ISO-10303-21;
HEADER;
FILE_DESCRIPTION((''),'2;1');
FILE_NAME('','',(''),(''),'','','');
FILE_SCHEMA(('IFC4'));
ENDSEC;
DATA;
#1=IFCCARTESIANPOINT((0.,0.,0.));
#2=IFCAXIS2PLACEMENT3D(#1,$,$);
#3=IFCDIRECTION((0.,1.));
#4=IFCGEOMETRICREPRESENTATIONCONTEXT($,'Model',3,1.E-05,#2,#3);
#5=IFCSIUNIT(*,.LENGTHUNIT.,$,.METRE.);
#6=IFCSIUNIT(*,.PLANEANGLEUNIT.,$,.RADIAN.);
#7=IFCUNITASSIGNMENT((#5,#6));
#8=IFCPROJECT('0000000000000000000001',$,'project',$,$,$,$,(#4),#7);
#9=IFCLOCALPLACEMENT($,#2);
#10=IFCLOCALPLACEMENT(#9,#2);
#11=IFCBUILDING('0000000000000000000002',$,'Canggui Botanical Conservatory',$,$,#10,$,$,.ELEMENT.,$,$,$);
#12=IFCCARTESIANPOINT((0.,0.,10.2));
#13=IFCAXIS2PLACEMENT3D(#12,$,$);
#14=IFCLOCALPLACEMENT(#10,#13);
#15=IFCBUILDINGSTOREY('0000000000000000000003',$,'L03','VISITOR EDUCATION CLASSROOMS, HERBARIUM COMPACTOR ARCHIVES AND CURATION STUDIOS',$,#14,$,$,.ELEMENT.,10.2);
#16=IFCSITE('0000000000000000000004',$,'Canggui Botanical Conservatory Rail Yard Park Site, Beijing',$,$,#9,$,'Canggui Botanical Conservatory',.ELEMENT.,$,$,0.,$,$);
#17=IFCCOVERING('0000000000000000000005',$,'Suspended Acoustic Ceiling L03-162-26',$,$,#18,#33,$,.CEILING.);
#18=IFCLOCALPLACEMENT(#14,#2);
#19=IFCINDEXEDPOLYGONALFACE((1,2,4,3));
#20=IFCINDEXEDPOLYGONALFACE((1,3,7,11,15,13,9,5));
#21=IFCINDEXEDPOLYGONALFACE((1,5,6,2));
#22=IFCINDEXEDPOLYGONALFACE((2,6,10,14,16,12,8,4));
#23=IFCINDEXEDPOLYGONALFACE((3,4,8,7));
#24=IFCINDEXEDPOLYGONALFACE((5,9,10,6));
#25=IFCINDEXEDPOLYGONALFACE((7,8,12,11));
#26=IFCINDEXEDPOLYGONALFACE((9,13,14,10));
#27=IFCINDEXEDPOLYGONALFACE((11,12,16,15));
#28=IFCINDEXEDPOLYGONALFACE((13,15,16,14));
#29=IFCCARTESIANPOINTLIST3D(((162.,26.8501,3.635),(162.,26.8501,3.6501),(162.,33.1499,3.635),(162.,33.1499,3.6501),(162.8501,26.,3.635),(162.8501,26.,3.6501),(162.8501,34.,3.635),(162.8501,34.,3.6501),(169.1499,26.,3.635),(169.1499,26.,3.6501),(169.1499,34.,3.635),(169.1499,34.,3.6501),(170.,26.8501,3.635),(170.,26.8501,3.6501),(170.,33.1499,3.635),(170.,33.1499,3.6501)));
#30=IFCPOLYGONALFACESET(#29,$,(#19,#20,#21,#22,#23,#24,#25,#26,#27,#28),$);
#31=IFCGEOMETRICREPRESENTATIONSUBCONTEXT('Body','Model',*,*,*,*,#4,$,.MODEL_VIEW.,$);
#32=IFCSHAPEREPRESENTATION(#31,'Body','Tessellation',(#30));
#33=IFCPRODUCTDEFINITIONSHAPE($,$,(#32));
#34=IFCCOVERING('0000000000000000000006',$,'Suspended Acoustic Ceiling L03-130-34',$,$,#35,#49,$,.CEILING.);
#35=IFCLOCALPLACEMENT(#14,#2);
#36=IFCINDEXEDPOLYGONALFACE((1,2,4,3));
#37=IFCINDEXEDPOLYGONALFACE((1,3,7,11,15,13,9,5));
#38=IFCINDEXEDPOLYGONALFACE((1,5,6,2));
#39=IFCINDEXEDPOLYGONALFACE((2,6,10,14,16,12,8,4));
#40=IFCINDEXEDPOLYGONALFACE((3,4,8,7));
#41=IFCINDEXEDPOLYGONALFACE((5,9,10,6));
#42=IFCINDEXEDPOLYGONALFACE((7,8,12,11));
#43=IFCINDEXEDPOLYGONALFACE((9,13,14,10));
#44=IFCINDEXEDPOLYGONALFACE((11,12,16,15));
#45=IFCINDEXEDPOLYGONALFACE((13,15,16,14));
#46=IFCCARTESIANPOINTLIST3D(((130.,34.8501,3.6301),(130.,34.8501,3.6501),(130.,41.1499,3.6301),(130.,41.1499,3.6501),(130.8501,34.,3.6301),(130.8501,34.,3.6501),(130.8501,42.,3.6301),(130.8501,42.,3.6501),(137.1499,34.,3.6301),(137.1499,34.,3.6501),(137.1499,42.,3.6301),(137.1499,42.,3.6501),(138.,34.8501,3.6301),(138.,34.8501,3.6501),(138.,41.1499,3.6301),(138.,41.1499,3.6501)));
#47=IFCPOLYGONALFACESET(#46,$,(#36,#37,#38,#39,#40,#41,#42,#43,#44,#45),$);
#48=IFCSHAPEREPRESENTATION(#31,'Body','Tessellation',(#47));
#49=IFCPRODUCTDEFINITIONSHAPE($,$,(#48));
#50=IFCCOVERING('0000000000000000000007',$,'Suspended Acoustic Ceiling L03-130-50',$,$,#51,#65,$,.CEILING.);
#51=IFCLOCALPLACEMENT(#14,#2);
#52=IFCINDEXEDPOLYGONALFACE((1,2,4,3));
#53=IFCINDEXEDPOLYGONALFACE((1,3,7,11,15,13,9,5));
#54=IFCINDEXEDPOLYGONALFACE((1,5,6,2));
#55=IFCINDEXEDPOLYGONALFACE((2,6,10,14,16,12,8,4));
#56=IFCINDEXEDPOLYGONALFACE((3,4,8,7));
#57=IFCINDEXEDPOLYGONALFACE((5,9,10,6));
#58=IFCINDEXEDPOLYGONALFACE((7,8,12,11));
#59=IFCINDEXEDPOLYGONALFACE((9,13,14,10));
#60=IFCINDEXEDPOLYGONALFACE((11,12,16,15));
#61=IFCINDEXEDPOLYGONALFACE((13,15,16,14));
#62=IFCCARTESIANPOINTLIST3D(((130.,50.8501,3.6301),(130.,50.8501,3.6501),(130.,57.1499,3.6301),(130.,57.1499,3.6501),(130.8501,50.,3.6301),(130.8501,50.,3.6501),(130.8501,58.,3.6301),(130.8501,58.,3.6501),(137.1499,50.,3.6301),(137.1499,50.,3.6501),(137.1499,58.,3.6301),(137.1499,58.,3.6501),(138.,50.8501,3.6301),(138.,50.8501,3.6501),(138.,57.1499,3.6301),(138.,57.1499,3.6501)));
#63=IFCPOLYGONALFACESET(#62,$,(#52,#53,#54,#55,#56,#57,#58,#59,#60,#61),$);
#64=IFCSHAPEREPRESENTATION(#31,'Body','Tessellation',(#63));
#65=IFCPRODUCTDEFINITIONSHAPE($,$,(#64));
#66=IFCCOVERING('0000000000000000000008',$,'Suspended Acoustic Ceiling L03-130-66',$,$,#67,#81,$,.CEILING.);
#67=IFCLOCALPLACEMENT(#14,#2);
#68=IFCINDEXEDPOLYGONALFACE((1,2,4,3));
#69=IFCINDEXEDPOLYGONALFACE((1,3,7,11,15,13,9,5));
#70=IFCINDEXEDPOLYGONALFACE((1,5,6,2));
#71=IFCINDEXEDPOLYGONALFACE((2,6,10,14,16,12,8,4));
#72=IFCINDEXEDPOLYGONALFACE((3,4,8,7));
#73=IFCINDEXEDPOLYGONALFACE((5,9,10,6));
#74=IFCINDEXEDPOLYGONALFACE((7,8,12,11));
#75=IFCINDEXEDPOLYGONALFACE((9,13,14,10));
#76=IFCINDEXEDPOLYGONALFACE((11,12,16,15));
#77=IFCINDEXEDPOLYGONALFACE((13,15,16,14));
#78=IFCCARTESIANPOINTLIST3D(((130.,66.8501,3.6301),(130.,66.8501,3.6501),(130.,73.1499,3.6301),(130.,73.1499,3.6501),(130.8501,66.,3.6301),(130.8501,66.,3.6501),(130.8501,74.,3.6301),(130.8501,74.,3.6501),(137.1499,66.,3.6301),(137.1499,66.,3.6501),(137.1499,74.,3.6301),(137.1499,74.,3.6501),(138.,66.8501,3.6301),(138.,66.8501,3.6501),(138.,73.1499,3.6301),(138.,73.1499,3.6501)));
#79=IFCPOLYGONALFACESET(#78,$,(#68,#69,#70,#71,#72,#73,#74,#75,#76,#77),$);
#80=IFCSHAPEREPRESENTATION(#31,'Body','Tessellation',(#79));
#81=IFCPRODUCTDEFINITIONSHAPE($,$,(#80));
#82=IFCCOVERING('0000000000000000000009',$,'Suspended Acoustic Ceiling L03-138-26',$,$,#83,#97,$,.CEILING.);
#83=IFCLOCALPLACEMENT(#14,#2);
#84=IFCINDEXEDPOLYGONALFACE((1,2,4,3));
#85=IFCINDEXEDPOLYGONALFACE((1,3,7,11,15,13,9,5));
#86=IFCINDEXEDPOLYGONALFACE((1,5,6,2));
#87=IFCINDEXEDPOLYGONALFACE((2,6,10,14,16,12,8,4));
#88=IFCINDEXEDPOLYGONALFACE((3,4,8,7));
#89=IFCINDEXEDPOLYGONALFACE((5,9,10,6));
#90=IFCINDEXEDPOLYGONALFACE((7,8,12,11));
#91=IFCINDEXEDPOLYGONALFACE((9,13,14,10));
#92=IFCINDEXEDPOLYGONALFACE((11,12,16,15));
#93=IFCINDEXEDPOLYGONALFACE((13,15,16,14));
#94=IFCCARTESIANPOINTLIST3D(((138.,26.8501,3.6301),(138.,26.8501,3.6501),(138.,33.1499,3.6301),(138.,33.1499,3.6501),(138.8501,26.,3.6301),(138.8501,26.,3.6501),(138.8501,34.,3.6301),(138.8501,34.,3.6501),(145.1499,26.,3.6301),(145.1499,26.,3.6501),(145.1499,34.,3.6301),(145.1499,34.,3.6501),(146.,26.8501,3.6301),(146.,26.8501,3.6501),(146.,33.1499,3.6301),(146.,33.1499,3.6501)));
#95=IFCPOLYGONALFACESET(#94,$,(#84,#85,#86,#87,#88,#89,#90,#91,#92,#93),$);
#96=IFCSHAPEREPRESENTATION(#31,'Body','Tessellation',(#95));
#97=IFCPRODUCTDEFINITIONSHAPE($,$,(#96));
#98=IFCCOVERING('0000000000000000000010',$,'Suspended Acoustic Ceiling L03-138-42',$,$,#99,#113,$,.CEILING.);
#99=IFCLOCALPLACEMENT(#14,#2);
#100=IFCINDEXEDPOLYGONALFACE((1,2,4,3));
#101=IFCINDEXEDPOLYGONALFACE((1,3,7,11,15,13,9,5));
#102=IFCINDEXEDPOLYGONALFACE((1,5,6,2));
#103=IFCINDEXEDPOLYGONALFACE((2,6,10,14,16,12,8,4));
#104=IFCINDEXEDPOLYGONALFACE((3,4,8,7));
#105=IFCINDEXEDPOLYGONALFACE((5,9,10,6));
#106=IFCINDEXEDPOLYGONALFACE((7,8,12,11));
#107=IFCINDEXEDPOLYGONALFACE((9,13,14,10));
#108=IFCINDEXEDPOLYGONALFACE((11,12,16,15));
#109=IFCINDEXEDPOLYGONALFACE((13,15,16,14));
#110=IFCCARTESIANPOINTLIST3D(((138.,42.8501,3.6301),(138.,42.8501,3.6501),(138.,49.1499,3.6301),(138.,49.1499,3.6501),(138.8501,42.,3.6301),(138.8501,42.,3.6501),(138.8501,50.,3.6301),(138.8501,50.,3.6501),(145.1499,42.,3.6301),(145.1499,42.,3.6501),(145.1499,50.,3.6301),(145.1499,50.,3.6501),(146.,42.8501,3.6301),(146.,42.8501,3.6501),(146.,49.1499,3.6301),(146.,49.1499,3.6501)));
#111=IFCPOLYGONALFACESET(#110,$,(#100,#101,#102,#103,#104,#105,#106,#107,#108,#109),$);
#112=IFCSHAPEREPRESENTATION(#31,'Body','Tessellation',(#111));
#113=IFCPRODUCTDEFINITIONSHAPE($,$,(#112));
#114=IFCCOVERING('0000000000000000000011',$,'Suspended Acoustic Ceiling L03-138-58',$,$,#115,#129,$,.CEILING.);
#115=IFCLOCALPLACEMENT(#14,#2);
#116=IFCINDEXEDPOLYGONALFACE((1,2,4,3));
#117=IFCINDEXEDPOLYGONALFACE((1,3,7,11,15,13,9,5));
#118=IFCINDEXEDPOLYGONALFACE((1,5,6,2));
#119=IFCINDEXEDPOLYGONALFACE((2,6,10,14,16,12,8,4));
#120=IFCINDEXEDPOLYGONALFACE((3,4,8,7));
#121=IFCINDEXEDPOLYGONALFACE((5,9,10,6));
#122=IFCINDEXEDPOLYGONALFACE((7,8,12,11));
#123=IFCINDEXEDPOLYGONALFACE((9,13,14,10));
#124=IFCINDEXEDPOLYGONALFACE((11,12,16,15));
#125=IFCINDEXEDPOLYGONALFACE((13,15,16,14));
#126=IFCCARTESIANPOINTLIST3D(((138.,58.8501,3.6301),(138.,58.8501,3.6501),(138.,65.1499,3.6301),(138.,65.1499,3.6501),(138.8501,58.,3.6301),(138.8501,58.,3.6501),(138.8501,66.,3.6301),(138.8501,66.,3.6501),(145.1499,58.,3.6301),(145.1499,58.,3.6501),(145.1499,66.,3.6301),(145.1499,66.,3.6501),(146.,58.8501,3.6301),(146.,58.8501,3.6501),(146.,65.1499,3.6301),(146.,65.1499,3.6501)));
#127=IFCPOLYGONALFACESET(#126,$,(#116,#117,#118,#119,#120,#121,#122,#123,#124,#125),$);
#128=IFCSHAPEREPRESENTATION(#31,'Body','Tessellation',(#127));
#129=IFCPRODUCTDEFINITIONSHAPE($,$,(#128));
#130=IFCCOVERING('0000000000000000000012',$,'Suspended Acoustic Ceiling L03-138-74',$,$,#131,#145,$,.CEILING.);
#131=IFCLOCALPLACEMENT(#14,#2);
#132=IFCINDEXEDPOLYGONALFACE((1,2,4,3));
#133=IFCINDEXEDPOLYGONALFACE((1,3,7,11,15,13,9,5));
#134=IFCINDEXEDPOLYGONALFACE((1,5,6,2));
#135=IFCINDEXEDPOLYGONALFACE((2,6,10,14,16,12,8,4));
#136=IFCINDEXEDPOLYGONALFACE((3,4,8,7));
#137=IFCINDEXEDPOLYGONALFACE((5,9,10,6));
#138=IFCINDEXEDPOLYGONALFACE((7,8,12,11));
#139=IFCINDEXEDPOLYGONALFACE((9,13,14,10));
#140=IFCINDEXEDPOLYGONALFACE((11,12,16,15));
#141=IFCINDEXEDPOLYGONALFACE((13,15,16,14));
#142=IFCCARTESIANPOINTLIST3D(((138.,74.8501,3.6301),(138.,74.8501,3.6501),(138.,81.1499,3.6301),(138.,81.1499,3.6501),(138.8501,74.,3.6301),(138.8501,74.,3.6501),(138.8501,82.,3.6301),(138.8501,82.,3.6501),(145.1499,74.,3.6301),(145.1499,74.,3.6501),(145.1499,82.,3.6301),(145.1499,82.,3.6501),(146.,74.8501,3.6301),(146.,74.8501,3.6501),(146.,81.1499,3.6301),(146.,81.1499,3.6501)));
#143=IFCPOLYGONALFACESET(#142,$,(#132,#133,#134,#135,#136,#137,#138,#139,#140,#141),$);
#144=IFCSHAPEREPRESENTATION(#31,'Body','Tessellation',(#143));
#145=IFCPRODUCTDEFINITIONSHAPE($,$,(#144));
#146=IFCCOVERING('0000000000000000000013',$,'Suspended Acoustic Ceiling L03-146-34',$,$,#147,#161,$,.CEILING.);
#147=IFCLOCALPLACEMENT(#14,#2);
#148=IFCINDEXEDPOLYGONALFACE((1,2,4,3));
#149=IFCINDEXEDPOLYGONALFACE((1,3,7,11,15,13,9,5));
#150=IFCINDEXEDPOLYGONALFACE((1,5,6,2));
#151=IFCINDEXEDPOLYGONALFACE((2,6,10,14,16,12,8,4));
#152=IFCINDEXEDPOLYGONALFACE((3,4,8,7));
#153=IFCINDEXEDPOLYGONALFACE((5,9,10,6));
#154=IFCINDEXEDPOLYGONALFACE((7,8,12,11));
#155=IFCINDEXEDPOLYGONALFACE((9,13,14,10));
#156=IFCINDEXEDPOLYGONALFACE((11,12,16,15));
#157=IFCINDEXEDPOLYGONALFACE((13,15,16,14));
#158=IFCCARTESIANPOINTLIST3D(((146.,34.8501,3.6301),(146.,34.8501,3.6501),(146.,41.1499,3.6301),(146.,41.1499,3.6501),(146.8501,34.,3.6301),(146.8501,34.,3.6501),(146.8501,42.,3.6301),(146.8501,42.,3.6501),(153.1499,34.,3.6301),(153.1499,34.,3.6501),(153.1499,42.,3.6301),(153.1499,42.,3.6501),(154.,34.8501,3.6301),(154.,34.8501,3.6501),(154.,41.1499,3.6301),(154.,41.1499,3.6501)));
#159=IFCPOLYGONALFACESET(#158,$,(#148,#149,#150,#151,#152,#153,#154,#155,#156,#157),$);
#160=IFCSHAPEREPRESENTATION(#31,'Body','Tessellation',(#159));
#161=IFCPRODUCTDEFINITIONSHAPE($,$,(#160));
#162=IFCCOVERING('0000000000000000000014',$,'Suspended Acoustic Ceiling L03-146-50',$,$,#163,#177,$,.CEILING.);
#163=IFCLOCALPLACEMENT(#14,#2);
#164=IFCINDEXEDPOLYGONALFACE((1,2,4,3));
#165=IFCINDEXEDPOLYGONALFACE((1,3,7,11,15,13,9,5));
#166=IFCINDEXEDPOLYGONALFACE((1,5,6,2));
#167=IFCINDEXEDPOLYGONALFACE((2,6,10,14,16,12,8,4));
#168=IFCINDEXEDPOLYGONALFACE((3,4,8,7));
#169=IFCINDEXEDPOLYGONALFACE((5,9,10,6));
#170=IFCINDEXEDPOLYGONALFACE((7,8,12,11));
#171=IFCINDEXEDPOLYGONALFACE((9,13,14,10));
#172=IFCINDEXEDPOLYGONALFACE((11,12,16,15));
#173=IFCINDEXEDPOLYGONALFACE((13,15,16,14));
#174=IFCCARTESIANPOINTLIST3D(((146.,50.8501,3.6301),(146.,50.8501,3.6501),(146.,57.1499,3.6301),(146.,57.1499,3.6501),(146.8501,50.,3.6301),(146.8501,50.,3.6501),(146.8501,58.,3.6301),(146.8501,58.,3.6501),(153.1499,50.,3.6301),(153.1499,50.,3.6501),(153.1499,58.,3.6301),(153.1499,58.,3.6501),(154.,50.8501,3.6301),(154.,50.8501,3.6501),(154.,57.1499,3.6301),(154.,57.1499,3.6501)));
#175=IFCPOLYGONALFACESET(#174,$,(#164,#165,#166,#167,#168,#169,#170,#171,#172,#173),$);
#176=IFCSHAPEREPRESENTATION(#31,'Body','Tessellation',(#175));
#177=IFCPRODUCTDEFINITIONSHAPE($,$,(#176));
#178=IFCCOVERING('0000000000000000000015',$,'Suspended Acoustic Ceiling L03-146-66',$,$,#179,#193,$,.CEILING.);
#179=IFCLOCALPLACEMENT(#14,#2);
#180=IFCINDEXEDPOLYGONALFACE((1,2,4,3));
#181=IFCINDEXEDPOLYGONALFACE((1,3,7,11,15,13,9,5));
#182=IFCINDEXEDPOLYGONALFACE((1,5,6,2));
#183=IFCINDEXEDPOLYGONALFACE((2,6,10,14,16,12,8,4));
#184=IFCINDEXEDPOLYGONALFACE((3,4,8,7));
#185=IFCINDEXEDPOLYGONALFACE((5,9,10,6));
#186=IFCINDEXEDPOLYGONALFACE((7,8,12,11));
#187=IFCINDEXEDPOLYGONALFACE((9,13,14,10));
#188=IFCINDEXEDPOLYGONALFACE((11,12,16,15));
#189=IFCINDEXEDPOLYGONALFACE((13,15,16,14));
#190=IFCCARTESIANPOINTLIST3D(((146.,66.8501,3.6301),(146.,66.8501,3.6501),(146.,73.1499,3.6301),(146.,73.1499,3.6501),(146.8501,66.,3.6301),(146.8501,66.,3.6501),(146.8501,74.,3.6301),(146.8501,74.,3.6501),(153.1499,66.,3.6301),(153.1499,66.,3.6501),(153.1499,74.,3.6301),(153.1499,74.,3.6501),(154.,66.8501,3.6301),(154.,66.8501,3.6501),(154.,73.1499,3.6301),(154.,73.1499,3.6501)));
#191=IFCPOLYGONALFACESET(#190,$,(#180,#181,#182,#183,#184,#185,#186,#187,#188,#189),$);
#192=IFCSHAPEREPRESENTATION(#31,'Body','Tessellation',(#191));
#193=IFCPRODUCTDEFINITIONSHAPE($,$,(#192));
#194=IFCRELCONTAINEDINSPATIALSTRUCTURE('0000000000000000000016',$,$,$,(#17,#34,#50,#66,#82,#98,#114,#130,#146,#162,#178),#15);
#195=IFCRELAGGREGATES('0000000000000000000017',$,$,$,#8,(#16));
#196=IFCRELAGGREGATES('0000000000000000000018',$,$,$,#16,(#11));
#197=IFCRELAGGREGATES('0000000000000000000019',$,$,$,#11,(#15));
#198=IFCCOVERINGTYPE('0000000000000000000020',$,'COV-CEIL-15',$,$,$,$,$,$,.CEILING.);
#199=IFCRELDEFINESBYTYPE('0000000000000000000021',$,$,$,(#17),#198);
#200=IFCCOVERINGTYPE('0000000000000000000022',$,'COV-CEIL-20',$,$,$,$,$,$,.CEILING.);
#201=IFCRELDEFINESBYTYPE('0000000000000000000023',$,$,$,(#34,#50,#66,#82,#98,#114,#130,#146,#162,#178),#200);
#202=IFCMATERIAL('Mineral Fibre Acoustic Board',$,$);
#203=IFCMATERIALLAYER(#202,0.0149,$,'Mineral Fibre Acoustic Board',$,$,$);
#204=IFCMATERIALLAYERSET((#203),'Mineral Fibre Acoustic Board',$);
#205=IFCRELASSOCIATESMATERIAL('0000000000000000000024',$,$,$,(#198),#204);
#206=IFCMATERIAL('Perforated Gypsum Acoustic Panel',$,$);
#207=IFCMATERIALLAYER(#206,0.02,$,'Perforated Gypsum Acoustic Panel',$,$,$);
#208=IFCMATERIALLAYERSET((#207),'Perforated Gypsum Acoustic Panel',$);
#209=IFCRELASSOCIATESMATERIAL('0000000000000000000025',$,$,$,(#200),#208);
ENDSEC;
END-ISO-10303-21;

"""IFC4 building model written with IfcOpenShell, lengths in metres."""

from ifc_helpers import new_model, si_unit, direction, frame, origin, place, context, subcontext, project, spatial, polyline, outline, extrude, material, layer, layer_set, type_object, element, save


model = new_model("IFC4")

# Units and contexts
model_context = context("Model", 3, precision=1e-05, world=origin(), true_north=direction((0.0, 1.0)))
body_context = subcontext(model_context, "Body", "Model", "MODEL_VIEW")
ifc_project = project(units=[si_unit("LENGTHUNIT", "METRE"), si_unit("PLANEANGLEUNIT", "RADIAN")], contexts=[model_context])

# Site, building, storey
site_placement = place(None, origin())
site = spatial("IfcSite", under=ifc_project, at=site_placement, Name="Canggui Botanical Conservatory Rail Yard Park Site, Beijing", LongName="Canggui Botanical Conservatory", CompositionType="ELEMENT", RefElevation=0.0)
building_placement = place(site_placement, origin())
building = spatial("IfcBuilding", under=site, at=building_placement, Name="Canggui Botanical Conservatory", CompositionType="ELEMENT")
storey_placement = place(building_placement, frame((0.0, 0.0, 10.2)))
storey = spatial("IfcBuildingStorey", under=building, at=storey_placement, Name="L03", Description="VISITOR EDUCATION CLASSROOMS, HERBARIUM COMPACTOR ARCHIVES AND CURATION STUDIOS", CompositionType="ELEMENT", Elevation=10.2)

# Coverings
ifc_material_1 = material(Name="Mineral Fibre Acoustic Board")
ifc_layer_1 = layer(ifc_material_1, 0.0149, Name="Mineral Fibre Acoustic Board")
ifc_layer_set_1 = layer_set([ifc_layer_1], Name="Mineral Fibre Acoustic Board")
covering_type_1 = type_object("IfcCoveringType", Name="COV-CEIL-15", PredefinedType="CEILING", material=ifc_layer_set_1)
covering_1_placement = place(storey_placement, frame((0.0, 0.0, 3.635)))
element("IfcCovering", 1, at=covering_1_placement, inside=storey, type_object=covering_type_1, Name="Suspended Acoustic Ceiling L03-162-26", PredefinedType="CEILING", context=body_context, shape_type="SweptSolid", body=[
    extrude(outline(polyline([(162.8501, 26.0), (169.1499, 26.0), (170.0, 26.8501), (170.0, 33.1499), (169.1499, 34.0), (162.8501, 34.0), (162.0, 33.1499), (162.0, 26.8501), (162.8501, 26.0)])), origin(), (0.0, 0.0, 1.0), 0.0151),
])
ifc_material_2 = material(Name="Perforated Gypsum Acoustic Panel")
ifc_layer_2 = layer(ifc_material_2, 0.02, Name="Perforated Gypsum Acoustic Panel")
ifc_layer_set_2 = layer_set([ifc_layer_2], Name="Perforated Gypsum Acoustic Panel")
covering_type_2 = type_object("IfcCoveringType", Name="COV-CEIL-20", PredefinedType="CEILING", material=ifc_layer_set_2)
covering_2_placement = place(storey_placement, frame((0.0, 0.0, 3.6301)))
element("IfcCovering", 2, at=covering_2_placement, inside=storey, type_object=covering_type_2, Name="Suspended Acoustic Ceiling L03-130-34", PredefinedType="CEILING", context=body_context, shape_type="SweptSolid", body=[
    extrude(outline(polyline([(130.8501, 34.0), (137.1499, 34.0), (138.0, 34.8501), (138.0, 41.1499), (137.1499, 42.0), (130.8501, 42.0), (130.0, 41.1499), (130.0, 34.8501), (130.8501, 34.0)])), origin(), (0.0, 0.0, 1.0), 0.02),
])
covering_3_placement = place(storey_placement, frame((0.0, 0.0, 3.6301)))
element("IfcCovering", 3, at=covering_3_placement, inside=storey, type_object=covering_type_2, Name="Suspended Acoustic Ceiling L03-130-50", PredefinedType="CEILING", context=body_context, shape_type="SweptSolid", body=[
    extrude(outline(polyline([(130.8501, 50.0), (137.1499, 50.0), (138.0, 50.8501), (138.0, 57.1499), (137.1499, 58.0), (130.8501, 58.0), (130.0, 57.1499), (130.0, 50.8501), (130.8501, 50.0)])), origin(), (0.0, 0.0, 1.0), 0.02),
])
covering_4_placement = place(storey_placement, frame((0.0, 0.0, 3.6301)))
element("IfcCovering", 4, at=covering_4_placement, inside=storey, type_object=covering_type_2, Name="Suspended Acoustic Ceiling L03-130-66", PredefinedType="CEILING", context=body_context, shape_type="SweptSolid", body=[
    extrude(outline(polyline([(130.8501, 66.0), (137.1499, 66.0), (138.0, 66.8501), (138.0, 73.1499), (137.1499, 74.0), (130.8501, 74.0), (130.0, 73.1499), (130.0, 66.8501), (130.8501, 66.0)])), origin(), (0.0, 0.0, 1.0), 0.02),
])
covering_5_placement = place(storey_placement, frame((0.0, 0.0, 3.6301)))
element("IfcCovering", 5, at=covering_5_placement, inside=storey, type_object=covering_type_2, Name="Suspended Acoustic Ceiling L03-138-26", PredefinedType="CEILING", context=body_context, shape_type="SweptSolid", body=[
    extrude(outline(polyline([(138.8501, 26.0), (145.1499, 26.0), (146.0, 26.8501), (146.0, 33.1499), (145.1499, 34.0), (138.8501, 34.0), (138.0, 33.1499), (138.0, 26.8501), (138.8501, 26.0)])), origin(), (0.0, 0.0, 1.0), 0.02),
])
covering_6_placement = place(storey_placement, frame((0.0, 0.0, 3.6301)))
element("IfcCovering", 6, at=covering_6_placement, inside=storey, type_object=covering_type_2, Name="Suspended Acoustic Ceiling L03-138-42", PredefinedType="CEILING", context=body_context, shape_type="SweptSolid", body=[
    extrude(outline(polyline([(138.8501, 42.0), (145.1499, 42.0), (146.0, 42.8501), (146.0, 49.1499), (145.1499, 50.0), (138.8501, 50.0), (138.0, 49.1499), (138.0, 42.8501), (138.8501, 42.0)])), origin(), (0.0, 0.0, 1.0), 0.02),
])
covering_7_placement = place(storey_placement, frame((0.0, 0.0, 3.6301)))
element("IfcCovering", 7, at=covering_7_placement, inside=storey, type_object=covering_type_2, Name="Suspended Acoustic Ceiling L03-138-58", PredefinedType="CEILING", context=body_context, shape_type="SweptSolid", body=[
    extrude(outline(polyline([(138.8501, 58.0), (145.1499, 58.0), (146.0, 58.8501), (146.0, 65.1499), (145.1499, 66.0), (138.8501, 66.0), (138.0, 65.1499), (138.0, 58.8501), (138.8501, 58.0)])), origin(), (0.0, 0.0, 1.0), 0.02),
])
covering_8_placement = place(storey_placement, frame((0.0, 0.0, 3.6301)))
element("IfcCovering", 8, at=covering_8_placement, inside=storey, type_object=covering_type_2, Name="Suspended Acoustic Ceiling L03-138-74", PredefinedType="CEILING", context=body_context, shape_type="SweptSolid", body=[
    extrude(outline(polyline([(138.8501, 74.0), (145.1499, 74.0), (146.0, 74.8501), (146.0, 81.1499), (145.1499, 82.0), (138.8501, 82.0), (138.0, 81.1499), (138.0, 74.8501), (138.8501, 74.0)])), origin(), (0.0, 0.0, 1.0), 0.02),
])
covering_9_placement = place(storey_placement, frame((0.0, 0.0, 3.6301)))
element("IfcCovering", 9, at=covering_9_placement, inside=storey, type_object=covering_type_2, Name="Suspended Acoustic Ceiling L03-146-34", PredefinedType="CEILING", context=body_context, shape_type="SweptSolid", body=[
    extrude(outline(polyline([(146.8501, 34.0), (153.1499, 34.0), (154.0, 34.8501), (154.0, 41.1499), (153.1499, 42.0), (146.8501, 42.0), (146.0, 41.1499), (146.0, 34.8501), (146.8501, 34.0)])), origin(), (0.0, 0.0, 1.0), 0.02),
])
covering_10_placement = place(storey_placement, frame((0.0, 0.0, 3.6301)))
element("IfcCovering", 10, at=covering_10_placement, inside=storey, type_object=covering_type_2, Name="Suspended Acoustic Ceiling L03-146-50", PredefinedType="CEILING", context=body_context, shape_type="SweptSolid", body=[
    extrude(outline(polyline([(146.8501, 50.0), (153.1499, 50.0), (154.0, 50.8501), (154.0, 57.1499), (153.1499, 58.0), (146.8501, 58.0), (146.0, 57.1499), (146.0, 50.8501), (146.8501, 50.0)])), origin(), (0.0, 0.0, 1.0), 0.02),
])
covering_11_placement = place(storey_placement, frame((0.0, 0.0, 3.6301)))
element("IfcCovering", 11, at=covering_11_placement, inside=storey, type_object=covering_type_2, Name="Suspended Acoustic Ceiling L03-146-66", PredefinedType="CEILING", context=body_context, shape_type="SweptSolid", body=[
    extrude(outline(polyline([(146.8501, 66.0), (153.1499, 66.0), (154.0, 66.8501), (154.0, 73.1499), (153.1499, 74.0), (146.8501, 74.0), (146.0, 73.1499), (146.0, 66.8501), (146.8501, 66.0)])), origin(), (0.0, 0.0, 1.0), 0.02),
])

save(model, "model.ifc")
